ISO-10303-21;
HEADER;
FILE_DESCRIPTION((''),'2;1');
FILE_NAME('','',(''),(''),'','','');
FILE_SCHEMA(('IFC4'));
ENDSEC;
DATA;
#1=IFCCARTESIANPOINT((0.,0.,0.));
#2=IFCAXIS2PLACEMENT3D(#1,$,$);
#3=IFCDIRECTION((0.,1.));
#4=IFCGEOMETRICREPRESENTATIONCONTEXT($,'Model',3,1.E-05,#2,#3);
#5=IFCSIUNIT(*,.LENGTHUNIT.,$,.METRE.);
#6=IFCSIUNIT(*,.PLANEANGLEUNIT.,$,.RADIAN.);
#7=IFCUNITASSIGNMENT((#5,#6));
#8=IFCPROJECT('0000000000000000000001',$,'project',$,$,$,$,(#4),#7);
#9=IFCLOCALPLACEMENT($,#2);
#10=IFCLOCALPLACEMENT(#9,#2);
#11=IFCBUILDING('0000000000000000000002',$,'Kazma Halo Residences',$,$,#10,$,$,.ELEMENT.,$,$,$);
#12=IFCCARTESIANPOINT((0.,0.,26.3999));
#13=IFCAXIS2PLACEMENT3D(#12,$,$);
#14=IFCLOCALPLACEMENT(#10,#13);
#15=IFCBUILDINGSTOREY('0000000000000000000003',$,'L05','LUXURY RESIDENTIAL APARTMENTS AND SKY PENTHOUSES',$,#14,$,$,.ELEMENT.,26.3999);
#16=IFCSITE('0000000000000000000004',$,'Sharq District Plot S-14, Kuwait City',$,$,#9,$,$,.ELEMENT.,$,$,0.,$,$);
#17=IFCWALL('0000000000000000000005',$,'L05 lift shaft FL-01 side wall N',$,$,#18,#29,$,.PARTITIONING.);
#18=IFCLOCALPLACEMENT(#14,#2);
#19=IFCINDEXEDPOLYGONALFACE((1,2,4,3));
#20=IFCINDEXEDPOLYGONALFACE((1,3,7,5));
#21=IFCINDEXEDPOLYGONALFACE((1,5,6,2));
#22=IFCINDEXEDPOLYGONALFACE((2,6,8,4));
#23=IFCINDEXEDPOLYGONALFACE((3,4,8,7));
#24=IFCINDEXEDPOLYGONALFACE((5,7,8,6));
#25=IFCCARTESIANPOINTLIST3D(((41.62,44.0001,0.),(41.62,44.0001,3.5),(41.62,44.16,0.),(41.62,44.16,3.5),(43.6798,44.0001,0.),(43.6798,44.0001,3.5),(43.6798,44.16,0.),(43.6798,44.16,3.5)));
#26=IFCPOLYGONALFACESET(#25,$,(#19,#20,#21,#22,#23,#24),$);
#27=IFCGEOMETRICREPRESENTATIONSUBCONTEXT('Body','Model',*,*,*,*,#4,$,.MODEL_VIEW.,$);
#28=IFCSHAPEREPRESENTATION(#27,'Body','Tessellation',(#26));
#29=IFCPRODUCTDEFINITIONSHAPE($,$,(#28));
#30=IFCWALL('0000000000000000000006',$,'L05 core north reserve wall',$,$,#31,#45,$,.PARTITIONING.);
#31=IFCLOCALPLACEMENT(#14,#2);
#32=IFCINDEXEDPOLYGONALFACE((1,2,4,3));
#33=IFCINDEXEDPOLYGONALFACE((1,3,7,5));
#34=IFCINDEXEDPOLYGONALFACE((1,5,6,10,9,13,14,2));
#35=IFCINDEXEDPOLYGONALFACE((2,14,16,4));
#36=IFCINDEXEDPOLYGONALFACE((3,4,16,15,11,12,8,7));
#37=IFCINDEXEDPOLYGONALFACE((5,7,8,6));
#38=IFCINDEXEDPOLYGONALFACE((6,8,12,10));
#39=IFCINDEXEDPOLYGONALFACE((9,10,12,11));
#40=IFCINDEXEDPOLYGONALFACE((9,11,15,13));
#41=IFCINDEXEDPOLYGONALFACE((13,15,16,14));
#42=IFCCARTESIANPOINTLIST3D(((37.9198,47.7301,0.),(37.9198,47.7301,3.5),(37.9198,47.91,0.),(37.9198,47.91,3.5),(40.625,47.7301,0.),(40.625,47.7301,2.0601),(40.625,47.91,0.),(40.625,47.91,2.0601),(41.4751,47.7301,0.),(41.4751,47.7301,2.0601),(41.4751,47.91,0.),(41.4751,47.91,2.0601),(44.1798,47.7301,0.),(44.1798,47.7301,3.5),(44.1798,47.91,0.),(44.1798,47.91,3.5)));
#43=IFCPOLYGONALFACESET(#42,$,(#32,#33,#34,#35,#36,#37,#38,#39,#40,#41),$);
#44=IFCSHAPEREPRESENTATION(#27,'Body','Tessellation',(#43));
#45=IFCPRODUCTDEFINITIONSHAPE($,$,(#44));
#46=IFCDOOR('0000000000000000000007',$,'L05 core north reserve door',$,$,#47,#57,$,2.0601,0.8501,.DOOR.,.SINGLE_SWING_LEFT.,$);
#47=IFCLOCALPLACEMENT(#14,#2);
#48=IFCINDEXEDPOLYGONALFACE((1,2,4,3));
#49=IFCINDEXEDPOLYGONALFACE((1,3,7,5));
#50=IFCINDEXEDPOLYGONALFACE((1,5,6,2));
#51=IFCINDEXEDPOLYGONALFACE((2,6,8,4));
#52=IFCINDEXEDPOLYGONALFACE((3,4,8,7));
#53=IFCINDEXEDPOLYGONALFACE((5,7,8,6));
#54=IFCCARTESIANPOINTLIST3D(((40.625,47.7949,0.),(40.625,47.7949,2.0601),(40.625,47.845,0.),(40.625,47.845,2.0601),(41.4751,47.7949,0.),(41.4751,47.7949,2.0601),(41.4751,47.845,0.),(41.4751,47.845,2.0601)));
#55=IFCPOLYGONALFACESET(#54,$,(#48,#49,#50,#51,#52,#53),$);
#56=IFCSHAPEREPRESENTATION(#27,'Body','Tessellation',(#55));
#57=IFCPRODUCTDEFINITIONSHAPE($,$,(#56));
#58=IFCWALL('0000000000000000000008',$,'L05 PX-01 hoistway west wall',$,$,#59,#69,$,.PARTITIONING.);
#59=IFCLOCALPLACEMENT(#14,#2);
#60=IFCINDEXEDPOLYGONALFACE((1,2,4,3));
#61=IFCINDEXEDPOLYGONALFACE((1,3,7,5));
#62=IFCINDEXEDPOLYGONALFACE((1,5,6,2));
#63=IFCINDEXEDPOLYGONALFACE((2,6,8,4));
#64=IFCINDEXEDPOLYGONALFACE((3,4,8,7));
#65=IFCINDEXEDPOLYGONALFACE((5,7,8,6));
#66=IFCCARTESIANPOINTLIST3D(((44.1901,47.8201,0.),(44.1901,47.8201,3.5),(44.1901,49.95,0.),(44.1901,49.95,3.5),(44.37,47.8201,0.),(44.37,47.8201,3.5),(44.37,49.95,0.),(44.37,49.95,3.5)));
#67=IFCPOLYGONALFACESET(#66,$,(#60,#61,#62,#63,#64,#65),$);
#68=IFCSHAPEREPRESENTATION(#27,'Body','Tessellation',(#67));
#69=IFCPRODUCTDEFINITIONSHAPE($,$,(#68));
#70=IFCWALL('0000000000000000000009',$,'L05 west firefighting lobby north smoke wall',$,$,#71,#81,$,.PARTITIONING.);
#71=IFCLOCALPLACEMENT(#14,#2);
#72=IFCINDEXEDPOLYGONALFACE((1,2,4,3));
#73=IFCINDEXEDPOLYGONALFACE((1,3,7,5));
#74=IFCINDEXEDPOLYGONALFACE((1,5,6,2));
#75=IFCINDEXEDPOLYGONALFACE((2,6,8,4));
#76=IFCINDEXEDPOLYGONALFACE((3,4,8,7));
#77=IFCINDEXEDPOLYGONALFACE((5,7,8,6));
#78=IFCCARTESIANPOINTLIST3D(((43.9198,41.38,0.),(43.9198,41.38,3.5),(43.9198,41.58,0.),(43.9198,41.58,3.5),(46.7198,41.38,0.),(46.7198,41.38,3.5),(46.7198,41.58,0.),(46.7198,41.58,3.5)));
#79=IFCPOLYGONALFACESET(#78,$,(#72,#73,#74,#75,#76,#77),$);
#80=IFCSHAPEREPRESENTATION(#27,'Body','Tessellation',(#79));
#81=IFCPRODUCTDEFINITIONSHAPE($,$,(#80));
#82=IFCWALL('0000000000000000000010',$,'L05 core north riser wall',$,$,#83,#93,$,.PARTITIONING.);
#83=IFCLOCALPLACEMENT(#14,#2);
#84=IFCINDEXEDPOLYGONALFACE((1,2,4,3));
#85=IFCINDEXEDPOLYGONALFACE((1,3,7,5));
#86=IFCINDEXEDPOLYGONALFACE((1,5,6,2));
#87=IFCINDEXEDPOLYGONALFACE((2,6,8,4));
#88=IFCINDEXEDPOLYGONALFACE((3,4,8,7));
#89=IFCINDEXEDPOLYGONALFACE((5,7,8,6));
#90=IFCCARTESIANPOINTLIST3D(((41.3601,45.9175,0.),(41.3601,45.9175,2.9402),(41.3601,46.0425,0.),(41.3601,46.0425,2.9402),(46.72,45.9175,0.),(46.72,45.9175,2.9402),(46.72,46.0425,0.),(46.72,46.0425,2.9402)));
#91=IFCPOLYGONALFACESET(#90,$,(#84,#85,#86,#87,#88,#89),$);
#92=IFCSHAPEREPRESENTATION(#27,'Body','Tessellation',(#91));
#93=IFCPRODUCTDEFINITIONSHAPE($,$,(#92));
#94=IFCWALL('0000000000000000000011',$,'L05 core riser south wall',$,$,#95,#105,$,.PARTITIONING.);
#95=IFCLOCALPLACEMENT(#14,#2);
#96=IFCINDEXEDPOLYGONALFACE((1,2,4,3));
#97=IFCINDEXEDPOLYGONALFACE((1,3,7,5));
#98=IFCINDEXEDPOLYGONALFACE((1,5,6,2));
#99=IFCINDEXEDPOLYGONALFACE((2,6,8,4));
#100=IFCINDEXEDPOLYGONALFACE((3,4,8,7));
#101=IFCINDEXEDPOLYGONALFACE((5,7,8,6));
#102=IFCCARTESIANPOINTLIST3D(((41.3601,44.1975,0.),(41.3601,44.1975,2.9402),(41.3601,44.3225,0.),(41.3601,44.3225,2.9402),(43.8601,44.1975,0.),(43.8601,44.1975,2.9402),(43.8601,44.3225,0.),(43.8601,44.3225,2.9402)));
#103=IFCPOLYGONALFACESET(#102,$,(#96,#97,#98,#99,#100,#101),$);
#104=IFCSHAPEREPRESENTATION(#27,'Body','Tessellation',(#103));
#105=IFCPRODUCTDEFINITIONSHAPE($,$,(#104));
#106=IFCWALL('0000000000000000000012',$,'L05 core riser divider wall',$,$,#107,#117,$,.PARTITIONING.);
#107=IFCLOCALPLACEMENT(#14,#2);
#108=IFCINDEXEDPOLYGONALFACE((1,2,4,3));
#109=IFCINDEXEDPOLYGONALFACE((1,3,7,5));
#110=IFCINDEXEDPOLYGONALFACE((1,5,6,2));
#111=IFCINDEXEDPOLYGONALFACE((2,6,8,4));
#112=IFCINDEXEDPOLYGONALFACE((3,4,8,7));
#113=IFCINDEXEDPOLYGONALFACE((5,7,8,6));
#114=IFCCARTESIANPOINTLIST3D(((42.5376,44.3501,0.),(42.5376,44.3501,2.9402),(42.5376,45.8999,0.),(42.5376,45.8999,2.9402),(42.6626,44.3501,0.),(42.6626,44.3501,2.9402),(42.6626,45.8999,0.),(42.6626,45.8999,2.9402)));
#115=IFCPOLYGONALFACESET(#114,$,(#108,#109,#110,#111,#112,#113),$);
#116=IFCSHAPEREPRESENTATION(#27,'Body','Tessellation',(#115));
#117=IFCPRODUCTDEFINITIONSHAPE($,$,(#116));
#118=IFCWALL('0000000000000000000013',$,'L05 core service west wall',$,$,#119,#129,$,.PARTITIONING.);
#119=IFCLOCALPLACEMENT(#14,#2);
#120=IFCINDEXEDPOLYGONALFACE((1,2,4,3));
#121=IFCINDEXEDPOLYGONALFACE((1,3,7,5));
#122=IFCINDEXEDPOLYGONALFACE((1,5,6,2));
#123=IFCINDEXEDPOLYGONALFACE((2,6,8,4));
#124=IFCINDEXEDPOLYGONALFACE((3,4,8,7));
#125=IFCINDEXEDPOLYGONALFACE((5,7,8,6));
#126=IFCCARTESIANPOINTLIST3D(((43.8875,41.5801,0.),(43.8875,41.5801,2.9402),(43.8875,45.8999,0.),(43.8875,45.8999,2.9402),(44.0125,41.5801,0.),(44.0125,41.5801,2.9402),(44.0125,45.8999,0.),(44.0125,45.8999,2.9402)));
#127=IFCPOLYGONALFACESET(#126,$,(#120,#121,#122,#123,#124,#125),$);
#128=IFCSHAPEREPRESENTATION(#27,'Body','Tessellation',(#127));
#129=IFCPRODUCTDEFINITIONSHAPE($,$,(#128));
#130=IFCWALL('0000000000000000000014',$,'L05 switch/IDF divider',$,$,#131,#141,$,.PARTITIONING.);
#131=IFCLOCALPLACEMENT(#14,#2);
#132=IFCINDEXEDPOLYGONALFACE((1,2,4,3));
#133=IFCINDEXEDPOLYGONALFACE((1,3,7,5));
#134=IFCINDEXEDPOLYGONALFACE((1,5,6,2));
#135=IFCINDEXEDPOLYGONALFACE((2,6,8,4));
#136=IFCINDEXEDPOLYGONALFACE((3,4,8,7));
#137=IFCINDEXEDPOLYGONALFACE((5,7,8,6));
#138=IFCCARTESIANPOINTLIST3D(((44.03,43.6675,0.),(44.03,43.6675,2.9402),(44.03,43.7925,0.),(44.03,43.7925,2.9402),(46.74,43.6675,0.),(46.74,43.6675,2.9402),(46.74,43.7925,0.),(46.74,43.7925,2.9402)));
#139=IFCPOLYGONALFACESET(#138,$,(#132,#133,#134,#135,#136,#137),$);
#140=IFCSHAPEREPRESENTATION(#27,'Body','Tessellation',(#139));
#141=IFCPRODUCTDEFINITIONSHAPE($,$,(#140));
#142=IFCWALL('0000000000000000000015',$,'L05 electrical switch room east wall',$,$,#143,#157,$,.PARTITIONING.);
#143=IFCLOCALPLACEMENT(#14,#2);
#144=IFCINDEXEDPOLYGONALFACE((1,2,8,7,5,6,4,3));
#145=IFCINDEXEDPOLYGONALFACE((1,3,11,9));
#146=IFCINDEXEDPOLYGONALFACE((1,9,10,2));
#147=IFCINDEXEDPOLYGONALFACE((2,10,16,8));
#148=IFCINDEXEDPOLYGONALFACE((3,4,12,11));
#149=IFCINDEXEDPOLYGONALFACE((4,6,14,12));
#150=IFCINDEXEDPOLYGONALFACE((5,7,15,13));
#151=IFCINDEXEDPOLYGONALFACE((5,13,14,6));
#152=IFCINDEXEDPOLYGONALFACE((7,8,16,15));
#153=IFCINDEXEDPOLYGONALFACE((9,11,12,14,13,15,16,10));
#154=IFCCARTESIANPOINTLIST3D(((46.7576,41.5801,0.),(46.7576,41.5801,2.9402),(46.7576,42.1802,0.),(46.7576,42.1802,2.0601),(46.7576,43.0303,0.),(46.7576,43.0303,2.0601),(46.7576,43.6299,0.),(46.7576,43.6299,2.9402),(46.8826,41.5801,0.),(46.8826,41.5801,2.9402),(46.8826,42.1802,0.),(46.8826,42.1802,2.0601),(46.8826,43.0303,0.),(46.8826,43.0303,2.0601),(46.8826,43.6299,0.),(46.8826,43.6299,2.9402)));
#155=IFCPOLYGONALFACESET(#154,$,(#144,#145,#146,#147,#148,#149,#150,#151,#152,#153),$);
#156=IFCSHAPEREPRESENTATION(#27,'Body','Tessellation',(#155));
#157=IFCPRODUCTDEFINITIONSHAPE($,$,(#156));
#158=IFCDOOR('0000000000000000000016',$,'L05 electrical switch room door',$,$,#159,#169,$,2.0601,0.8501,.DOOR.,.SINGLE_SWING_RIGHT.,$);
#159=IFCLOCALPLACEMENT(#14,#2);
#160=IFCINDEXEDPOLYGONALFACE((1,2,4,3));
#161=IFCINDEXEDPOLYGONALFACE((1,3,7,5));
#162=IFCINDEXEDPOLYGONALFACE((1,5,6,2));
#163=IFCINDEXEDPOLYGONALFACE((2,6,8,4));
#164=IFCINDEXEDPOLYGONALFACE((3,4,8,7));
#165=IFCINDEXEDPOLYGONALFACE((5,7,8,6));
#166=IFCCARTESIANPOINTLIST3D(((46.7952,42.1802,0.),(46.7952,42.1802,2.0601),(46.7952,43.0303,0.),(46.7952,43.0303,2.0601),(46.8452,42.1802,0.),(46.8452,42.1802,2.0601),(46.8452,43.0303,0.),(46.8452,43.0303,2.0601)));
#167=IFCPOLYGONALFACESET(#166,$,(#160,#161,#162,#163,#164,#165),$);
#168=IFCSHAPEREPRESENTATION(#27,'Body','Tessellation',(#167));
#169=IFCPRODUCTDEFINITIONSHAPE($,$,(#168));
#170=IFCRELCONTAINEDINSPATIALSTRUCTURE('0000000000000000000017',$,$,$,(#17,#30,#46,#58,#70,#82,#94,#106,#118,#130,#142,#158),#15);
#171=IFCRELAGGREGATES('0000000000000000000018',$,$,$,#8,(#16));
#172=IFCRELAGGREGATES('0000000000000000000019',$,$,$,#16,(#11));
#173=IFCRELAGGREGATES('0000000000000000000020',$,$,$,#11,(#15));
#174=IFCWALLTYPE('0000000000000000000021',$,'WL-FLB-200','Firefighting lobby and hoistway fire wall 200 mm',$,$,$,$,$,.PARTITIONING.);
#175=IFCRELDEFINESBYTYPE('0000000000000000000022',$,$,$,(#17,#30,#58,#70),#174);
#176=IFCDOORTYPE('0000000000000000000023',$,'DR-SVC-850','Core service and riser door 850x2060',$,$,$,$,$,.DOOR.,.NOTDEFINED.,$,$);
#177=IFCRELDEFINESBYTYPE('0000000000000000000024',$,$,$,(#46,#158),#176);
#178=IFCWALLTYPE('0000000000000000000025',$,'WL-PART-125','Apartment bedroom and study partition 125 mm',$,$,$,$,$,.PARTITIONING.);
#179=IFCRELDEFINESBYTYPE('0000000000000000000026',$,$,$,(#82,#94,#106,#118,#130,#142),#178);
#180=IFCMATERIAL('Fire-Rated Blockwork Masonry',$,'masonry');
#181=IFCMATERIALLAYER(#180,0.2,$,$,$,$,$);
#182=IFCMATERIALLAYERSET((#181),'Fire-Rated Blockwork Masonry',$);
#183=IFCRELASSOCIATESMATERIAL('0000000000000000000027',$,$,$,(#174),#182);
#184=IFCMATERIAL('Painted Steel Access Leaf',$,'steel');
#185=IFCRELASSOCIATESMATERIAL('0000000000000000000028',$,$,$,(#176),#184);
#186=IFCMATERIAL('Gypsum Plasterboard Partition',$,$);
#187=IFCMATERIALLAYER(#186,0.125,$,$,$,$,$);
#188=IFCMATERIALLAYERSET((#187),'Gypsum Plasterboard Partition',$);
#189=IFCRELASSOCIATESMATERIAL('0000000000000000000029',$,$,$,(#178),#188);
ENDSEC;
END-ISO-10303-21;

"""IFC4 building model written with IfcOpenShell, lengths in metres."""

from ifc_helpers import new_model, si_unit, direction, frame, frame_2d, origin, place, context, subcontext, project, spatial, rectangle, extrude, material, layer, layer_set, type_object, element, fill, save


model = new_model("IFC4")

# Units and contexts
model_context = context("Model", 3, precision=1e-05, world=origin(), true_north=direction((0.0, 1.0)))
body_context = subcontext(model_context, "Body", "Model", "MODEL_VIEW")
ifc_project = project(units=[si_unit("LENGTHUNIT", "METRE"), si_unit("PLANEANGLEUNIT", "RADIAN")], contexts=[model_context])

# Site, building, storey
site_placement = place(None, origin())
site = spatial("IfcSite", under=ifc_project, at=site_placement, Name="Sharq District Plot S-14, Kuwait City", CompositionType="ELEMENT", RefElevation=0.0)
building_placement = place(site_placement, origin())
building = spatial("IfcBuilding", under=site, at=building_placement, Name="Kazma Halo Residences", CompositionType="ELEMENT")
storey_placement = place(building_placement, frame((0.0, 0.0, 26.3999)))
storey = spatial("IfcBuildingStorey", under=building, at=storey_placement, Name="L05", Description="LUXURY RESIDENTIAL APARTMENTS AND SKY PENTHOUSES", CompositionType="ELEMENT", Elevation=26.3999)

# Shared definitions
ifc_material_1 = material(Name="Fire-Rated Blockwork Masonry", Category="masonry")
ifc_layer_1 = layer(ifc_material_1, 0.2)
ifc_layer_set_1 = layer_set([ifc_layer_1], Name="Fire-Rated Blockwork Masonry")
wall_type_1 = type_object("IfcWallType", Name="WL-FLB-200", Description="Firefighting lobby and hoistway fire wall 200 mm", PredefinedType="PARTITIONING", material=ifc_layer_set_1)

# Wall
wall_1_placement = place(storey_placement, frame((41.6201, 44.0801, 0.0), z_axis=(0.0, 0.0, 1.0), x_axis=(1.0, 0.0, 0.0)))
element("IfcWall", 1, at=wall_1_placement, inside=storey, type_object=wall_type_1, Name="L05 lift shaft FL-01 side wall N", PredefinedType="PARTITIONING", context=body_context, shape_type="SweptSolid", body=[
    extrude(rectangle(XDim=2.0598, YDim=0.1599, at=frame_2d((1.0298, 0.0))), origin(), (0.0, 0.0, 1.0), 3.5),
])

# Wall, opening, door
wall_2_placement = place(storey_placement, frame((37.9199, 47.8201, 0.0), z_axis=(0.0, 0.0, 1.0), x_axis=(1.0, 0.0, 0.0)))
wall_2 = element("IfcWall", 2, at=wall_2_placement, inside=storey, type_object=wall_type_1, Name="L05 core north reserve wall", PredefinedType="PARTITIONING", context=body_context, shape_type="SweptSolid", body=[
    extrude(rectangle(XDim=6.26, YDim=0.1799, at=frame_2d((3.1299, 0.0))), origin(), (0.0, 0.0, 1.0), 3.5),
])
opening_1_placement = place(wall_2_placement, frame((2.7051, 0.0, 0.0)))
opening_1 = element("IfcOpeningElement", 3, at=opening_1_placement, cuts=wall_2, PredefinedType="OPENING", context=body_context, shape_type="SweptSolid", body=[
    extrude(rectangle(XDim=0.8501, YDim=2.0601, at=frame_2d((0.425, 1.03))), frame((0.0, 0.0999, 0.0), z_axis=(0.0, -1.0, 0.0), x_axis=(1.0, 0.0, 0.0)), (0.0, 0.0, 1.0), 0.2),
])
ifc_material_2 = material(Name="Painted Steel Access Leaf", Category="steel")
door_type_1 = type_object("IfcDoorType", Name="DR-SVC-850", Description="Core service and riser door 850x2060", OperationType="NOTDEFINED", PredefinedType="DOOR", material=ifc_material_2)
door_1_placement = place(opening_1_placement, origin())
door_1 = element("IfcDoor", 4, at=door_1_placement, inside=storey, type_object=door_type_1, Name="L05 core north reserve door", OperationType="SINGLE_SWING_LEFT", OverallHeight=2.0601, OverallWidth=0.8501, PredefinedType="DOOR", context=body_context, shape_type="SweptSolid", body=[
    extrude(rectangle(XDim=0.8501, YDim=2.0601, at=frame_2d((0.425, 1.03))), frame((0.0, 0.0249, 0.0), z_axis=(0.0, -1.0, 0.0), x_axis=(1.0, 0.0, 0.0)), (0.0, 0.0, 1.0), 0.05),
])
fill(opening_1, door_1)

# Walls
wall_3_placement = place(storey_placement, frame((44.28, 47.8201, 0.0), z_axis=(0.0, 0.0, 1.0), x_axis=(0.0, 1.0, 0.0)))
element("IfcWall", 5, at=wall_3_placement, inside=storey, type_object=wall_type_1, Name="L05 PX-01 hoistway west wall", PredefinedType="PARTITIONING", context=body_context, shape_type="SweptSolid", body=[
    extrude(rectangle(XDim=2.1299, YDim=0.1799, at=frame_2d((1.0649, 0.0))), origin(), (0.0, 0.0, 1.0), 3.5),
])
wall_4_placement = place(storey_placement, frame((43.9199, 41.48, 0.0), z_axis=(0.0, 0.0, 1.0), x_axis=(1.0, 0.0, 0.0)))
element("IfcWall", 6, at=wall_4_placement, inside=storey, type_object=wall_type_1, Name="L05 west firefighting lobby north smoke wall", PredefinedType="PARTITIONING", context=body_context, shape_type="SweptSolid", body=[
    extrude(rectangle(XDim=2.8, YDim=0.2, at=frame_2d((1.3999, 0.0))), origin(), (0.0, 0.0, 1.0), 3.5),
])
ifc_material_3 = material(Name="Gypsum Plasterboard Partition")
ifc_layer_2 = layer(ifc_material_3, 0.125)
ifc_layer_set_2 = layer_set([ifc_layer_2], Name="Gypsum Plasterboard Partition")
wall_type_2 = type_object("IfcWallType", Name="WL-PART-125", Description="Apartment bedroom and study partition 125 mm", PredefinedType="PARTITIONING", material=ifc_layer_set_2)
wall_5_placement = place(storey_placement, frame((41.3601, 45.98, 0.0), z_axis=(0.0, 0.0, 1.0), x_axis=(1.0, 0.0, 0.0)))
element("IfcWall", 7, at=wall_5_placement, inside=storey, type_object=wall_type_2, Name="L05 core north riser wall", PredefinedType="PARTITIONING", context=body_context, shape_type="SweptSolid", body=[
    extrude(rectangle(XDim=5.3599, YDim=0.125, at=frame_2d((2.6799, 0.0))), origin(), (0.0, 0.0, 1.0), 2.9402),
])
wall_6_placement = place(storey_placement, frame((41.3601, 44.26, 0.0), z_axis=(0.0, 0.0, 1.0), x_axis=(1.0, 0.0, 0.0)))
element("IfcWall", 8, at=wall_6_placement, inside=storey, type_object=wall_type_2, Name="L05 core riser south wall", PredefinedType="PARTITIONING", context=body_context, shape_type="SweptSolid", body=[
    extrude(rectangle(XDim=2.5, YDim=0.125, at=frame_2d((1.25, 0.0))), origin(), (0.0, 0.0, 1.0), 2.9402),
])
wall_7_placement = place(storey_placement, frame((42.6001, 44.3501, 0.0), z_axis=(0.0, 0.0, 1.0), x_axis=(0.0, 1.0, 0.0)))
element("IfcWall", 9, at=wall_7_placement, inside=storey, type_object=wall_type_2, Name="L05 core riser divider wall", PredefinedType="PARTITIONING", context=body_context, shape_type="SweptSolid", body=[
    extrude(rectangle(XDim=1.5498, YDim=0.125, at=frame_2d((0.7749, 0.0))), origin(), (0.0, 0.0, 1.0), 2.9402),
])
wall_8_placement = place(storey_placement, frame((43.95, 41.5801, 0.0), z_axis=(0.0, 0.0, 1.0), x_axis=(0.0, 1.0, 0.0)))
element("IfcWall", 10, at=wall_8_placement, inside=storey, type_object=wall_type_2, Name="L05 core service west wall", PredefinedType="PARTITIONING", context=body_context, shape_type="SweptSolid", body=[
    extrude(rectangle(XDim=4.3198, YDim=0.125, at=frame_2d((2.1599, 0.0))), origin(), (0.0, 0.0, 1.0), 2.9402),
])
wall_9_placement = place(storey_placement, frame((44.03, 43.73, 0.0), z_axis=(0.0, 0.0, 1.0), x_axis=(1.0, 0.0, 0.0)))
element("IfcWall", 11, at=wall_9_placement, inside=storey, type_object=wall_type_2, Name="L05 switch/IDF divider", PredefinedType="PARTITIONING", context=body_context, shape_type="SweptSolid", body=[
    extrude(rectangle(XDim=2.71, YDim=0.125, at=frame_2d((1.355, 0.0))), origin(), (0.0, 0.0, 1.0), 2.9402),
])

# Wall, opening, door
wall_10_placement = place(storey_placement, frame((46.8201, 41.5801, 0.0), z_axis=(0.0, 0.0, 1.0), x_axis=(0.0, 1.0, 0.0)))
wall_10 = element("IfcWall", 12, at=wall_10_placement, inside=storey, type_object=wall_type_2, Name="L05 electrical switch room east wall", PredefinedType="PARTITIONING", context=body_context, shape_type="SweptSolid", body=[
    extrude(rectangle(XDim=2.0498, YDim=0.125, at=frame_2d((1.0249, 0.0))), origin(), (0.0, 0.0, 1.0), 2.9402),
])
opening_2_placement = place(wall_10_placement, frame((0.6001, 0.0, 0.0)))
opening_2 = element("IfcOpeningElement", 13, at=opening_2_placement, cuts=wall_10, PredefinedType="OPENING", context=body_context, shape_type="SweptSolid", body=[
    extrude(rectangle(XDim=0.8501, YDim=2.0601, at=frame_2d((0.425, 1.03))), frame((0.0, 0.0725, 0.0), z_axis=(0.0, -1.0, 0.0), x_axis=(1.0, 0.0, 0.0)), (0.0, 0.0, 1.0), 0.145),
])
door_2_placement = place(opening_2_placement, origin())
door_2 = element("IfcDoor", 14, at=door_2_placement, inside=storey, type_object=door_type_1, Name="L05 electrical switch room door", OperationType="SINGLE_SWING_RIGHT", OverallHeight=2.0601, OverallWidth=0.8501, PredefinedType="DOOR", context=body_context, shape_type="SweptSolid", body=[
    extrude(rectangle(XDim=0.8501, YDim=2.0601, at=frame_2d((0.425, 1.03))), frame((0.0, 0.0249, 0.0), z_axis=(0.0, -1.0, 0.0), x_axis=(1.0, 0.0, 0.0)), (0.0, 0.0, 1.0), 0.05),
])
fill(opening_2, door_2)

save(model, "model.ifc")
